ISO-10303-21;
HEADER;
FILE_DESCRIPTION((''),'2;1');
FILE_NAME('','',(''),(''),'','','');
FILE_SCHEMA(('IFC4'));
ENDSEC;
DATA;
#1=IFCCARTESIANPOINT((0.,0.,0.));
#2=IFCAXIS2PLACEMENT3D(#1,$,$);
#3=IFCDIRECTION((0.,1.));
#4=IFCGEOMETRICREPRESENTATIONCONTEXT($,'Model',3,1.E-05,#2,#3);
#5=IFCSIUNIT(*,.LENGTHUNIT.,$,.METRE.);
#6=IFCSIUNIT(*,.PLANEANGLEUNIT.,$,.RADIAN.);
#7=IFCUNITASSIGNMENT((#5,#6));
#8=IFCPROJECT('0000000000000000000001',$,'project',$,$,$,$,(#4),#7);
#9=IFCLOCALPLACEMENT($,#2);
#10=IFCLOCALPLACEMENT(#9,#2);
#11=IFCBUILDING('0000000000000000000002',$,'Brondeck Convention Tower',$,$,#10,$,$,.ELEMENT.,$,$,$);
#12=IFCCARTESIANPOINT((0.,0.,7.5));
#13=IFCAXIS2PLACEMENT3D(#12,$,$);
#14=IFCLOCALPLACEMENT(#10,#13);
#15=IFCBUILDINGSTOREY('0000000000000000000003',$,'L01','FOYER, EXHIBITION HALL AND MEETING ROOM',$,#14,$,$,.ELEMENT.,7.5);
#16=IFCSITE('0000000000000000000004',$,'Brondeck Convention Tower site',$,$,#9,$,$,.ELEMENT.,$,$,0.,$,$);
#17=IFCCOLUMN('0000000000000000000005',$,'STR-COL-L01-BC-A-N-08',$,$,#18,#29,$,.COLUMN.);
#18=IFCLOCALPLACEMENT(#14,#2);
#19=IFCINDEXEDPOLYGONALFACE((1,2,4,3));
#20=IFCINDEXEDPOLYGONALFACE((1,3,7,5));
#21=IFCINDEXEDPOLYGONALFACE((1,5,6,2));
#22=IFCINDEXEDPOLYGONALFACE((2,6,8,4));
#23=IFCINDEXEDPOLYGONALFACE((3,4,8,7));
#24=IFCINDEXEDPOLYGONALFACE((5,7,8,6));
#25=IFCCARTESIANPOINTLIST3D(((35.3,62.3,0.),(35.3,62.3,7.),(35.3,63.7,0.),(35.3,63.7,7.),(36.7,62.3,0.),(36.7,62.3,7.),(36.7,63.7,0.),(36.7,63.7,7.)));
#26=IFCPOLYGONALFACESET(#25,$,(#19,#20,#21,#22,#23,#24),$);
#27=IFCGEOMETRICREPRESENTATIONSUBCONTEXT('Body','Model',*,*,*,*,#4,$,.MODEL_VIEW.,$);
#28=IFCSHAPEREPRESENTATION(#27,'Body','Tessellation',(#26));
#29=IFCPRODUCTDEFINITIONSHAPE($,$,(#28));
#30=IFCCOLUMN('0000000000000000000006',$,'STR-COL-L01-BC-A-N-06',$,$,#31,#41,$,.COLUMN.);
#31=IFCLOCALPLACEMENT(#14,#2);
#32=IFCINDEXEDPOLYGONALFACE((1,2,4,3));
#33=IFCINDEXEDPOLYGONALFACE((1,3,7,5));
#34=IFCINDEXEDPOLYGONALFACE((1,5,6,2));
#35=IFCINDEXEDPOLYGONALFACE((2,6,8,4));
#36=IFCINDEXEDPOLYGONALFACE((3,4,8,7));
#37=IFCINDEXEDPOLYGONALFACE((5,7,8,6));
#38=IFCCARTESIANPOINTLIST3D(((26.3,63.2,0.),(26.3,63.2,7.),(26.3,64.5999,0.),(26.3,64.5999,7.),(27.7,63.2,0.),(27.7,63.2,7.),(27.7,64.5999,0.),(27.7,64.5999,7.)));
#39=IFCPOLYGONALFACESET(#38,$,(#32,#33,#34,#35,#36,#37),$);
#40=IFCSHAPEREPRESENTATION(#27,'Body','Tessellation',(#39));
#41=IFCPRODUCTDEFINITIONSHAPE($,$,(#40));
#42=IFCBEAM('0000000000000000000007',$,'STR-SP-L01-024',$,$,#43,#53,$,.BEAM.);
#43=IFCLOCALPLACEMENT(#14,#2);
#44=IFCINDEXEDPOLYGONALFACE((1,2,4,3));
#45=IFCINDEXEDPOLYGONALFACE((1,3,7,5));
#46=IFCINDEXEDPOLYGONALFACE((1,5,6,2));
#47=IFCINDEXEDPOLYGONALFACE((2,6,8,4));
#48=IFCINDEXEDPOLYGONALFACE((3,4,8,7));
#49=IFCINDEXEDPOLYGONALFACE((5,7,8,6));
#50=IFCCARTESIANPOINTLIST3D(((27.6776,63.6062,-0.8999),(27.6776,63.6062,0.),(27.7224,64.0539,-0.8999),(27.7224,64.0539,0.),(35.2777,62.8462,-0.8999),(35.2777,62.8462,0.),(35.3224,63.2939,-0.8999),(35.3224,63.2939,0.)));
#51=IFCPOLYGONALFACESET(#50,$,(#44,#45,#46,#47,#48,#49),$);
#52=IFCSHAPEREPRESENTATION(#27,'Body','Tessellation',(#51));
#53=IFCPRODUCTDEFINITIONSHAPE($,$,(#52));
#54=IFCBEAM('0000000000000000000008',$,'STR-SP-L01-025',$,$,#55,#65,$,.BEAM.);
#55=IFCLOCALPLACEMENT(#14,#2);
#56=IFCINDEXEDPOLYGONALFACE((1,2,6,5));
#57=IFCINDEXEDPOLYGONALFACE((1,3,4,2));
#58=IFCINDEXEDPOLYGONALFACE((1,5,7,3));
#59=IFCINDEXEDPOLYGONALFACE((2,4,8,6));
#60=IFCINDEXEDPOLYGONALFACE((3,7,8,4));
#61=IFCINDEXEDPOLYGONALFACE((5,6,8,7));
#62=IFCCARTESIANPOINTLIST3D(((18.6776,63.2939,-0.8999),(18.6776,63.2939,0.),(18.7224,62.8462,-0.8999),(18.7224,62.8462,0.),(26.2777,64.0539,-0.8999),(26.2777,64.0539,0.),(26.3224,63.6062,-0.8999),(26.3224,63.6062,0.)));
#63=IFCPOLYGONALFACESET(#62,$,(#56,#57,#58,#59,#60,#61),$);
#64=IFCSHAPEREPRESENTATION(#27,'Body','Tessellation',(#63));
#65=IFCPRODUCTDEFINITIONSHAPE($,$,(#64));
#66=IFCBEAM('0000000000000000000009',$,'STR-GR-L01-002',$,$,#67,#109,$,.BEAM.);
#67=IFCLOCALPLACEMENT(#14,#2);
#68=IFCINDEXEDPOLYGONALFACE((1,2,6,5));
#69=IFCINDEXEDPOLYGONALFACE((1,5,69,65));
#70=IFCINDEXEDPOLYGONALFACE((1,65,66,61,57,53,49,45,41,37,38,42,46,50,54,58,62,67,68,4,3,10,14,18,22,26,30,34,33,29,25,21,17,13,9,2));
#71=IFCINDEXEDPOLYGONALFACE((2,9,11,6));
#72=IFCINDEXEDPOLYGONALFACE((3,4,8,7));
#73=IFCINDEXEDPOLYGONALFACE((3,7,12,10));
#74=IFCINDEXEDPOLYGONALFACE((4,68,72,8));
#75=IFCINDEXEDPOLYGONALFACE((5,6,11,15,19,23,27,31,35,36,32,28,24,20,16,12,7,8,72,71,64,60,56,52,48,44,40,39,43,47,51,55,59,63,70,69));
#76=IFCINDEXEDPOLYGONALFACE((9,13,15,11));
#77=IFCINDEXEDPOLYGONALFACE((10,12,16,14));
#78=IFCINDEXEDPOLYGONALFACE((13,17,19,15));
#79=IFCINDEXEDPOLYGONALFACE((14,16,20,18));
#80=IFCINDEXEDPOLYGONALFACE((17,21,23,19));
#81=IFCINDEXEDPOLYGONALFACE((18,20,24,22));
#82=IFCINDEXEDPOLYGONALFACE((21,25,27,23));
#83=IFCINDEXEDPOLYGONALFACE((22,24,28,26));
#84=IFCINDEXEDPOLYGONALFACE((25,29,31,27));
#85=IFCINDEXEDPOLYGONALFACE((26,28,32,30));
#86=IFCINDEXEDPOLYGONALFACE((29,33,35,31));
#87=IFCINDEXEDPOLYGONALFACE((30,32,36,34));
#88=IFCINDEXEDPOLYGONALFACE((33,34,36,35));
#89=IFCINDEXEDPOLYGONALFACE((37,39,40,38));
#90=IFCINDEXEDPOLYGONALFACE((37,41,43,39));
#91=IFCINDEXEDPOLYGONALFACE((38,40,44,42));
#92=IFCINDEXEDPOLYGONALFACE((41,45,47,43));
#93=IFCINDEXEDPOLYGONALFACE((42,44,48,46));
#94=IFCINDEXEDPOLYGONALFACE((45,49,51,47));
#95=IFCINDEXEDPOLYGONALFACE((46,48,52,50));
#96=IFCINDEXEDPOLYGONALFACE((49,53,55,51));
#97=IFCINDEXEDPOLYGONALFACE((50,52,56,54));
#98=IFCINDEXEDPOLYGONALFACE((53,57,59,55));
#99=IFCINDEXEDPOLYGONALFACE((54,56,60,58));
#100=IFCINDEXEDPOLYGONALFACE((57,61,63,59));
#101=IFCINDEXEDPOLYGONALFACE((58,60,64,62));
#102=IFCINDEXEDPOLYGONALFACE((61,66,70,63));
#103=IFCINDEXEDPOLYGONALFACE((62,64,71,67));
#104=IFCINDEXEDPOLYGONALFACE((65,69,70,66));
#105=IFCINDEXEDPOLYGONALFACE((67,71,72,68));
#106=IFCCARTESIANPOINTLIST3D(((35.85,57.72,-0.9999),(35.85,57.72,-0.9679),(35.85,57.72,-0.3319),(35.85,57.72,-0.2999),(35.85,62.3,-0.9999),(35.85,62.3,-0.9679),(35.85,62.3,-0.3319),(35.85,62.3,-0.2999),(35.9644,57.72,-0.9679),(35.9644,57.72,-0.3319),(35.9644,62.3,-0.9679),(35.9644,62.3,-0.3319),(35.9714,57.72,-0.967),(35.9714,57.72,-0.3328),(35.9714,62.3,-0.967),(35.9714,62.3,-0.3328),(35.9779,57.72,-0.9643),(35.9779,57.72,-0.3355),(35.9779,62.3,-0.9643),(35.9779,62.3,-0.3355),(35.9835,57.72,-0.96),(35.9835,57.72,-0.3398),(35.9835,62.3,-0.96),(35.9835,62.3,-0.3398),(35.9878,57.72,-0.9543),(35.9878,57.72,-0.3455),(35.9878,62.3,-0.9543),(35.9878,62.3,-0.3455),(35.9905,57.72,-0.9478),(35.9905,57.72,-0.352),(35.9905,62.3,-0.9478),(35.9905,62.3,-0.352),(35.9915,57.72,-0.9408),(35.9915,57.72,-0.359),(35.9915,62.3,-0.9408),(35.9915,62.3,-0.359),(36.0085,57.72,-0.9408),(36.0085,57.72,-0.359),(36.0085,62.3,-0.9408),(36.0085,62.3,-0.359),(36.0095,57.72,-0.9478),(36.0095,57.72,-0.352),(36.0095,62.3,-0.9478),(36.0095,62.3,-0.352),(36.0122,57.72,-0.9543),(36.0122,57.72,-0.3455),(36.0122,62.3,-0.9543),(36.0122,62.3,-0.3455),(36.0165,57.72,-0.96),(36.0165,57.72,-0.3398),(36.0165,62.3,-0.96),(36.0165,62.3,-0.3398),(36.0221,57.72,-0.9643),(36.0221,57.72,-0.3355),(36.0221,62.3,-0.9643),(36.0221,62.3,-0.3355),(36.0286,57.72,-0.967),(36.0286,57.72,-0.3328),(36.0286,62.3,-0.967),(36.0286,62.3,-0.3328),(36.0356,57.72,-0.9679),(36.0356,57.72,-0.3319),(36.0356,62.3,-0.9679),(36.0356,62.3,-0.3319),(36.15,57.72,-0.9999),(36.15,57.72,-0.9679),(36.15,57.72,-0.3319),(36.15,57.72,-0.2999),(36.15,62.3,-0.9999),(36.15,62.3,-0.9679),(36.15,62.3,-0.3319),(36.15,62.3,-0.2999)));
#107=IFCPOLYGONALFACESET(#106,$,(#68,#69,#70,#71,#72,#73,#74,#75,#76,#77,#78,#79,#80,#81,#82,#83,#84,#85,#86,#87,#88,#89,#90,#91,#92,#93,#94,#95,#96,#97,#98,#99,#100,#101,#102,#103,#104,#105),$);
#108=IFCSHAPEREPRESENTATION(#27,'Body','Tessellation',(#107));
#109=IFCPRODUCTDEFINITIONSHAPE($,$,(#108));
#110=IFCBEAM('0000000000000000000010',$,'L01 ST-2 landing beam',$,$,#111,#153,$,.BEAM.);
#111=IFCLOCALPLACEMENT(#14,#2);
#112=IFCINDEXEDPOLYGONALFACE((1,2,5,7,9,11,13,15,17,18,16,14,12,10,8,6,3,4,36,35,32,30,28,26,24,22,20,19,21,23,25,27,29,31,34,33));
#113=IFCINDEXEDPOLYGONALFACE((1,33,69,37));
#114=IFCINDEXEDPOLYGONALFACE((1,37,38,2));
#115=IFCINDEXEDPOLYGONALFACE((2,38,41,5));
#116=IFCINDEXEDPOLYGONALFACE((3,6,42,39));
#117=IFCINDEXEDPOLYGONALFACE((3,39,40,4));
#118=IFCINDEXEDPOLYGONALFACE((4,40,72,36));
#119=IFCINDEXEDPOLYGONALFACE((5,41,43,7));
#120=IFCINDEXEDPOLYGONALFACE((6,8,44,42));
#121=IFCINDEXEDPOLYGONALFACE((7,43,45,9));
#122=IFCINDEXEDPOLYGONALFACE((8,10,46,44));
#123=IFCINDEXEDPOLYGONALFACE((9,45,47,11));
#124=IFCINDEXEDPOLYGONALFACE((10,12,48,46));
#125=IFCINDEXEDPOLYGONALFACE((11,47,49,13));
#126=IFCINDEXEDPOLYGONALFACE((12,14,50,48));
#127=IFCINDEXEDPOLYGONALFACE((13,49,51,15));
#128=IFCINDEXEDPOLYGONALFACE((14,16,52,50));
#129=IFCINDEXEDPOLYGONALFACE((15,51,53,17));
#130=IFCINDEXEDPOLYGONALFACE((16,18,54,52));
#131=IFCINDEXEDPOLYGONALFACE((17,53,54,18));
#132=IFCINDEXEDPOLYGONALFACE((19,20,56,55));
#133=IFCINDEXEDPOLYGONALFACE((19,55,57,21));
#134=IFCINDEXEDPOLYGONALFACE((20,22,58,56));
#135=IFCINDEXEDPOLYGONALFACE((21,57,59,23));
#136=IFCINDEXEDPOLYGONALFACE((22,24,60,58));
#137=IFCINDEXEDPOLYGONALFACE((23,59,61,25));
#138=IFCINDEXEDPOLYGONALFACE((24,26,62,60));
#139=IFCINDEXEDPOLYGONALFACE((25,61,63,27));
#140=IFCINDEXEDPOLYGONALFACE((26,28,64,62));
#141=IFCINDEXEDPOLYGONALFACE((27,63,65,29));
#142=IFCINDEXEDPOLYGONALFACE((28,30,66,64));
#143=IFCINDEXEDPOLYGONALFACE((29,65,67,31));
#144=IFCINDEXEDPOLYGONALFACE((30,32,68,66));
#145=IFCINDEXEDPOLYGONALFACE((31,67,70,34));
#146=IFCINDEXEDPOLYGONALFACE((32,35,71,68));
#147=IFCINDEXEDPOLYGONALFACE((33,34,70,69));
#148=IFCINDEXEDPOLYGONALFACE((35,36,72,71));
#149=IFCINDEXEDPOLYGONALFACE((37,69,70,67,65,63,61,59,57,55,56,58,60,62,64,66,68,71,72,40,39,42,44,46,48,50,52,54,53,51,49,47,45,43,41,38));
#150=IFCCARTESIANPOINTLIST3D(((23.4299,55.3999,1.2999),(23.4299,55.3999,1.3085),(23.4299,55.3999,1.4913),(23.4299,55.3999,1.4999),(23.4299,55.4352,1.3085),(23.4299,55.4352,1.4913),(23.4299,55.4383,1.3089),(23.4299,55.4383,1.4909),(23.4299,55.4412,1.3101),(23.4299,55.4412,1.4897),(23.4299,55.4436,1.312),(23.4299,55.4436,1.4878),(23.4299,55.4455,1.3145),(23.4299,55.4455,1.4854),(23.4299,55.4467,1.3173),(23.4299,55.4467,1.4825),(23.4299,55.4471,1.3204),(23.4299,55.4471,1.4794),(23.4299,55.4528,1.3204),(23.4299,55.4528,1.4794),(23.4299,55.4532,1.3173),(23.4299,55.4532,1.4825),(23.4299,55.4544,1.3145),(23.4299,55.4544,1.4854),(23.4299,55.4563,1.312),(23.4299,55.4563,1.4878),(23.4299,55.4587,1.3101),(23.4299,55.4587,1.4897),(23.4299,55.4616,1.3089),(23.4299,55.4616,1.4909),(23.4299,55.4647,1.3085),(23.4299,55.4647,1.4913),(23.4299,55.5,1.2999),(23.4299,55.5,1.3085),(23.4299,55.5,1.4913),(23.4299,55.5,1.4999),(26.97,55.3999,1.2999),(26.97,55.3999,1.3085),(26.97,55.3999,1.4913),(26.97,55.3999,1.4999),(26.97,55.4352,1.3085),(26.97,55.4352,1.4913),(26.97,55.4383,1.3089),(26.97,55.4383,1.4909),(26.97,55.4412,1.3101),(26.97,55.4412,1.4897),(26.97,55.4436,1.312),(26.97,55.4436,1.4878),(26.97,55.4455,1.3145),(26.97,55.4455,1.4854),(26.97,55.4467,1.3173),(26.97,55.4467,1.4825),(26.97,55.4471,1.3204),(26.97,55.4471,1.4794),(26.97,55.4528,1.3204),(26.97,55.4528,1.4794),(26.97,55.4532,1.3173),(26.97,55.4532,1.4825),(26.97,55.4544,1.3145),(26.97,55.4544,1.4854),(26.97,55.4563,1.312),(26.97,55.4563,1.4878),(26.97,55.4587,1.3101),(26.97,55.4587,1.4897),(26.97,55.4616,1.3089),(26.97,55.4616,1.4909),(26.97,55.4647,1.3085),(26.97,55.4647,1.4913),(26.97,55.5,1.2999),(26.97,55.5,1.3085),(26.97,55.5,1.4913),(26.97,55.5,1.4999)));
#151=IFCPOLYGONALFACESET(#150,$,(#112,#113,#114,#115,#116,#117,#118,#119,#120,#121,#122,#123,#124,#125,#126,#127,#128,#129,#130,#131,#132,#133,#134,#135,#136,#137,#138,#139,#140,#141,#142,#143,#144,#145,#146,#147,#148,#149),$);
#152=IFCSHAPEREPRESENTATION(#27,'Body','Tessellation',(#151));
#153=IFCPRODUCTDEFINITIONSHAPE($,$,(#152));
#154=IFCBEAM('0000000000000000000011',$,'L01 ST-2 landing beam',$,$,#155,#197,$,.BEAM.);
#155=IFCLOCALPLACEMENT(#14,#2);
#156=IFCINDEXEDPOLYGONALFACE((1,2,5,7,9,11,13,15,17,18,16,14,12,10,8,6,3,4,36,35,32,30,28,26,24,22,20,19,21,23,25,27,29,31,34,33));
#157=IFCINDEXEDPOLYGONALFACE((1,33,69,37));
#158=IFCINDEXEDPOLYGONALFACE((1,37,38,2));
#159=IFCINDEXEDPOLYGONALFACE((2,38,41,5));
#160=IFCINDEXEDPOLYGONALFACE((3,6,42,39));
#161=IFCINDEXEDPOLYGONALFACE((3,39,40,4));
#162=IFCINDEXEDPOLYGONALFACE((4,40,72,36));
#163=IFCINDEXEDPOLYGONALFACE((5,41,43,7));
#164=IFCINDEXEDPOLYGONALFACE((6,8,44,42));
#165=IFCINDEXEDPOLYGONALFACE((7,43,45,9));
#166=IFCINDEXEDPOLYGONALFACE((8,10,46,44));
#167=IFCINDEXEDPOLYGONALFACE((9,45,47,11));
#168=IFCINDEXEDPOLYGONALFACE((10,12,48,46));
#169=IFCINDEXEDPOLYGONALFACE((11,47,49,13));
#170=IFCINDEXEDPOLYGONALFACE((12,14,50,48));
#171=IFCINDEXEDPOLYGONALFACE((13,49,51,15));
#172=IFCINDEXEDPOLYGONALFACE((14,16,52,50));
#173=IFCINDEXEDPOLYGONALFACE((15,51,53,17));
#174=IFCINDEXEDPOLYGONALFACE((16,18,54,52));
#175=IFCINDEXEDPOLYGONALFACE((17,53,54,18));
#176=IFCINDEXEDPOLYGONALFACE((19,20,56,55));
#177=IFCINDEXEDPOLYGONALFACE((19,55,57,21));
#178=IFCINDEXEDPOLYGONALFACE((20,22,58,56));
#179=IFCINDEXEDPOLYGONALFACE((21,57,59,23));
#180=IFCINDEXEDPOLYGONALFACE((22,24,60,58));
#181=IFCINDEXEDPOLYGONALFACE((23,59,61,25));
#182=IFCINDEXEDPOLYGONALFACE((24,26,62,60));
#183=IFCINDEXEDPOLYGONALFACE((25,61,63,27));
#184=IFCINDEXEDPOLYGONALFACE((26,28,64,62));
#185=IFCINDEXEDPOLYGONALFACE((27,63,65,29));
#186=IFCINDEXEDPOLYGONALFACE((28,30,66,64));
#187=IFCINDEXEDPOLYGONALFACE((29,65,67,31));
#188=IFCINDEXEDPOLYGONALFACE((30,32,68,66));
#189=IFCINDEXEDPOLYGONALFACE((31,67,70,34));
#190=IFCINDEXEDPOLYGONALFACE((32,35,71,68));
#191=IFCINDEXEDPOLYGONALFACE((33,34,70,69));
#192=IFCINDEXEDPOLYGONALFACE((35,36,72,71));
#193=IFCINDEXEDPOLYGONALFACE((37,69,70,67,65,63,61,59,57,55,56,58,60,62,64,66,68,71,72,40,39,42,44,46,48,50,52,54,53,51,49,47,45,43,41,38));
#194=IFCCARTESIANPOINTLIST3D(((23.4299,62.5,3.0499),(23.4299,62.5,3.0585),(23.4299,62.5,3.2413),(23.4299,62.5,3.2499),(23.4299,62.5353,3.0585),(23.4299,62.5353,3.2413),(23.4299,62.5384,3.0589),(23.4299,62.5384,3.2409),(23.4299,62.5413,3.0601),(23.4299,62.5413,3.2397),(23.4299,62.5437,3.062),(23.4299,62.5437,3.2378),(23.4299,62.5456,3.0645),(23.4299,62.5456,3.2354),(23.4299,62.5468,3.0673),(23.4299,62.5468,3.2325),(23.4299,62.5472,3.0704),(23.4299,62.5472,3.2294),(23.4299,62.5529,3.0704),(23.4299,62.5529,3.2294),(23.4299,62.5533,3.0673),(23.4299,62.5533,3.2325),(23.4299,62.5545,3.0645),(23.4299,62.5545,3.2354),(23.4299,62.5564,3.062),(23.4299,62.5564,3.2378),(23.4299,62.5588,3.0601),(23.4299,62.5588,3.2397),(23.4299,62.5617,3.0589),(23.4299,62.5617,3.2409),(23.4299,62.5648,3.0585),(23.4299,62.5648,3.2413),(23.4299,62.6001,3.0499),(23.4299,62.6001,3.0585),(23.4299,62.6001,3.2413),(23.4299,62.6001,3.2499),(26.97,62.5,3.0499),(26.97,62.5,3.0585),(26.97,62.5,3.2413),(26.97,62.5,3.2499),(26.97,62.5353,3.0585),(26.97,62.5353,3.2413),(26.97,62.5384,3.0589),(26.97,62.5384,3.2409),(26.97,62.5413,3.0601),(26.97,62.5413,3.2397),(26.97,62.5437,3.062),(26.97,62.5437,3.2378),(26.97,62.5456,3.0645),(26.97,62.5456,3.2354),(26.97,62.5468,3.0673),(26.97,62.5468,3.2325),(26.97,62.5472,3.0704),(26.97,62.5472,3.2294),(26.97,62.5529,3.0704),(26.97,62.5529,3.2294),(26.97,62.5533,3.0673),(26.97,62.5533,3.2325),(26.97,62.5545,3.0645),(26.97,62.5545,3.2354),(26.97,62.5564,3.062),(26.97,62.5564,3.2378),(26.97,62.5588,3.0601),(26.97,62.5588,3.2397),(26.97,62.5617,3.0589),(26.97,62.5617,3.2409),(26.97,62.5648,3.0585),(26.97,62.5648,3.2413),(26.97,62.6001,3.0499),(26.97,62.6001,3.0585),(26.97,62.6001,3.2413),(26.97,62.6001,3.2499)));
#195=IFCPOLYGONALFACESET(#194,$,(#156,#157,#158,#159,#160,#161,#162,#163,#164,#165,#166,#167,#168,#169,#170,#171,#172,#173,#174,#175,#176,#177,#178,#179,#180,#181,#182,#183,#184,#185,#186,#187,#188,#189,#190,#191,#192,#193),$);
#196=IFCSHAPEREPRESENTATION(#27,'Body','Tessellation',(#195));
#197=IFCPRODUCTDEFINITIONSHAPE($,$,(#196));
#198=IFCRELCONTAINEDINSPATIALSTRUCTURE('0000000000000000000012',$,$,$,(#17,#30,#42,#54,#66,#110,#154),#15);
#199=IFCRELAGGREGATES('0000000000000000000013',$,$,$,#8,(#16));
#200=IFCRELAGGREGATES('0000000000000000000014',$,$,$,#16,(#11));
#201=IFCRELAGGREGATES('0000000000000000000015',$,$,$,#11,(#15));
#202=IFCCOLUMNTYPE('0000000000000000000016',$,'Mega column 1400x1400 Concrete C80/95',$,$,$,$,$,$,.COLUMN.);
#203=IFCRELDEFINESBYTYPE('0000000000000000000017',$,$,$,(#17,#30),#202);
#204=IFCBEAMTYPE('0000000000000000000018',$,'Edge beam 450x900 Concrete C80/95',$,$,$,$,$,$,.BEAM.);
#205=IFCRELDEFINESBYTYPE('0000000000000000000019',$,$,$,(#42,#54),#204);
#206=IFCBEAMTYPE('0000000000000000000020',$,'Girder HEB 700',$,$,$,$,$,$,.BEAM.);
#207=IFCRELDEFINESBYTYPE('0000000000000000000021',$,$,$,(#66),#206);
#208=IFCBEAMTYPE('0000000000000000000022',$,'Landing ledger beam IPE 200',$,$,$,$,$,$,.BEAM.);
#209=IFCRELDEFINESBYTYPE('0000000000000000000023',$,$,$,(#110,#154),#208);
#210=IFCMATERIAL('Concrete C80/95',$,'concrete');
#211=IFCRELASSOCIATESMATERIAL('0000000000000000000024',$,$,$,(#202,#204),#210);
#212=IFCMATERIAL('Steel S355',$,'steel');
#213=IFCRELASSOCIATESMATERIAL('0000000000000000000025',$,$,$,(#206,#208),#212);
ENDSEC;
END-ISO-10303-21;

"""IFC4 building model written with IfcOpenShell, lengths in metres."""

from ifc_helpers import new_model, si_unit, direction, frame, origin, origin_2d, place, context, subcontext, project, spatial, rectangle, i_section, extrude, material, material_profile, profile_set, type_object, element, save


model = new_model("IFC4")

# Units and contexts
model_context = context("Model", 3, precision=1e-05, world=origin(), true_north=direction((0.0, 1.0)))
body_context = subcontext(model_context, "Body", "Model", "MODEL_VIEW")
ifc_project = project(units=[si_unit("LENGTHUNIT", "METRE"), si_unit("PLANEANGLEUNIT", "RADIAN")], contexts=[model_context])

# Site, building, storey
site_placement = place(None, origin())
site = spatial("IfcSite", under=ifc_project, at=site_placement, Name="Brondeck Convention Tower site", CompositionType="ELEMENT", RefElevation=0.0)
building_placement = place(site_placement, origin())
building = spatial("IfcBuilding", under=site, at=building_placement, Name="Brondeck Convention Tower", CompositionType="ELEMENT")
storey_placement = place(building_placement, frame((0.0, 0.0, 7.5)))
storey = spatial("IfcBuildingStorey", under=building, at=storey_placement, Name="L01", Description="FOYER, EXHIBITION HALL AND MEETING ROOM", CompositionType="ELEMENT", Elevation=7.5)

# Columns
ifc_material_1 = material(Name="Concrete C80/95", Category="concrete")
ifc_material_profile_1 = material_profile(ifc_material_1, rectangle(XDim=1.3999, YDim=1.3999, at=origin_2d()), Name="Mega column 1400x1400 Concrete C80/95")
ifc_profile_set_1 = profile_set([ifc_material_profile_1], Name="Concrete C80/95")
column_type = type_object("IfcColumnType", Name="Mega column 1400x1400 Concrete C80/95", PredefinedType="COLUMN", material=ifc_profile_set_1)
for number, where, z_axis, x_axis, name in (
    (1, (36.0, 63.0, 0.0), (0.0, 0.0, 1.0), (1.0, 0.0, 0.0), "STR-COL-L01-BC-A-N-08"),
    (2, (27.0, 63.8999, 0.0), (0.0, 0.0, 1.0), (1.0, 0.0, 0.0), "STR-COL-L01-BC-A-N-06"),
):
    element("IfcColumn", number, at=place(storey_placement, frame(where, z_axis=z_axis, x_axis=x_axis)), inside=storey, type_object=column_type, Name=name, PredefinedType="COLUMN", context=body_context, shape_type="SweptSolid", body=[
        extrude(rectangle(XDim=1.3999, YDim=1.3999, at=origin_2d()), origin(), (0.0, 0.0, 1.0), 7.0),
    ])

# Beams
ifc_material_profile_2 = material_profile(ifc_material_1, rectangle(XDim=0.45, YDim=0.8999, at=origin_2d()), Name="Edge beam 450x900 Concrete C80/95")
ifc_profile_set_2 = profile_set([ifc_material_profile_2], Name="Concrete C80/95")
beam_type_1 = type_object("IfcBeamType", Name="Edge beam 450x900 Concrete C80/95", PredefinedType="BEAM", material=ifc_profile_set_2)
for number, where, z_axis, x_axis, name in (
    (3, (35.3, 63.0701, -0.45), (-0.995037, 0.099504, 0.0), (-0.099504, -0.995037, 0.0), "STR-SP-L01-024"),
    (4, (26.3, 63.8301, -0.45), (-0.995037, -0.099504, 0.0), (0.099504, -0.995037, 0.0), "STR-SP-L01-025"),
):
    element("IfcBeam", number, at=place(storey_placement, frame(where, z_axis=z_axis, x_axis=x_axis)), inside=storey, type_object=beam_type_1, Name=name, PredefinedType="BEAM", context=body_context, shape_type="SweptSolid", body=[
        extrude(rectangle(XDim=0.45, YDim=0.8999, at=origin_2d()), origin(), (0.0, 0.0, 1.0), 7.6379),
    ])
ifc_material_2 = material(Name="Steel S355", Category="steel")
ifc_material_profile_3 = material_profile(ifc_material_2, i_section(OverallWidth=0.3, OverallDepth=0.7, WebThickness=0.0171, FlangeThickness=0.032, FilletRadius=0.0271, at=origin_2d()), Name="HEB 700")
ifc_profile_set_3 = profile_set([ifc_material_profile_3], Name="Steel S355")
beam_type_2 = type_object("IfcBeamType", Name="Girder HEB 700", PredefinedType="BEAM", material=ifc_profile_set_3)
beam_placement = place(storey_placement, frame((36.0, 57.72, -0.6499), z_axis=(0.0, 1.0, 0.0), x_axis=(-1.0, 0.0, 0.0)))
element("IfcBeam", 5, at=beam_placement, inside=storey, type_object=beam_type_2, Name="STR-GR-L01-002", PredefinedType="BEAM", context=body_context, shape_type="SweptSolid", body=[
    extrude(i_section(OverallWidth=0.3, OverallDepth=0.7, WebThickness=0.0171, FlangeThickness=0.032, FilletRadius=0.0271, at=origin_2d()), origin(), (0.0, 0.0, 1.0), 4.5801),
])
ifc_material_profile_4 = material_profile(ifc_material_2, i_section(OverallWidth=0.1001, OverallDepth=0.2, WebThickness=0.0056, FlangeThickness=0.0085, FilletRadius=0.012, at=origin_2d()), Name="IPE200")
ifc_profile_set_4 = profile_set([ifc_material_profile_4], Name="Steel S355")
beam_type_3 = type_object("IfcBeamType", Name="Landing ledger beam IPE 200", PredefinedType="BEAM", material=ifc_profile_set_4)
for number, where, z_axis, x_axis, name in (
    (6, (23.4299, 55.45, 1.3999), (1.0, 0.0, 0.0), (0.0, 1.0, 0.0), "L01 ST-2 landing beam"),
    (7, (23.4299, 62.55, 3.1499), (1.0, 0.0, 0.0), (0.0, 1.0, 0.0), "L01 ST-2 landing beam"),
):
    element("IfcBeam", number, at=place(storey_placement, frame(where, z_axis=z_axis, x_axis=x_axis)), inside=storey, type_object=beam_type_3, Name=name, PredefinedType="BEAM", context=body_context, shape_type="SweptSolid", body=[
        extrude(i_section(OverallWidth=0.1001, OverallDepth=0.2, WebThickness=0.0056, FlangeThickness=0.0085, FilletRadius=0.012, at=origin_2d()), origin(), (0.0, 0.0, 1.0), 3.54),
    ])

save(model, "model.ifc")
